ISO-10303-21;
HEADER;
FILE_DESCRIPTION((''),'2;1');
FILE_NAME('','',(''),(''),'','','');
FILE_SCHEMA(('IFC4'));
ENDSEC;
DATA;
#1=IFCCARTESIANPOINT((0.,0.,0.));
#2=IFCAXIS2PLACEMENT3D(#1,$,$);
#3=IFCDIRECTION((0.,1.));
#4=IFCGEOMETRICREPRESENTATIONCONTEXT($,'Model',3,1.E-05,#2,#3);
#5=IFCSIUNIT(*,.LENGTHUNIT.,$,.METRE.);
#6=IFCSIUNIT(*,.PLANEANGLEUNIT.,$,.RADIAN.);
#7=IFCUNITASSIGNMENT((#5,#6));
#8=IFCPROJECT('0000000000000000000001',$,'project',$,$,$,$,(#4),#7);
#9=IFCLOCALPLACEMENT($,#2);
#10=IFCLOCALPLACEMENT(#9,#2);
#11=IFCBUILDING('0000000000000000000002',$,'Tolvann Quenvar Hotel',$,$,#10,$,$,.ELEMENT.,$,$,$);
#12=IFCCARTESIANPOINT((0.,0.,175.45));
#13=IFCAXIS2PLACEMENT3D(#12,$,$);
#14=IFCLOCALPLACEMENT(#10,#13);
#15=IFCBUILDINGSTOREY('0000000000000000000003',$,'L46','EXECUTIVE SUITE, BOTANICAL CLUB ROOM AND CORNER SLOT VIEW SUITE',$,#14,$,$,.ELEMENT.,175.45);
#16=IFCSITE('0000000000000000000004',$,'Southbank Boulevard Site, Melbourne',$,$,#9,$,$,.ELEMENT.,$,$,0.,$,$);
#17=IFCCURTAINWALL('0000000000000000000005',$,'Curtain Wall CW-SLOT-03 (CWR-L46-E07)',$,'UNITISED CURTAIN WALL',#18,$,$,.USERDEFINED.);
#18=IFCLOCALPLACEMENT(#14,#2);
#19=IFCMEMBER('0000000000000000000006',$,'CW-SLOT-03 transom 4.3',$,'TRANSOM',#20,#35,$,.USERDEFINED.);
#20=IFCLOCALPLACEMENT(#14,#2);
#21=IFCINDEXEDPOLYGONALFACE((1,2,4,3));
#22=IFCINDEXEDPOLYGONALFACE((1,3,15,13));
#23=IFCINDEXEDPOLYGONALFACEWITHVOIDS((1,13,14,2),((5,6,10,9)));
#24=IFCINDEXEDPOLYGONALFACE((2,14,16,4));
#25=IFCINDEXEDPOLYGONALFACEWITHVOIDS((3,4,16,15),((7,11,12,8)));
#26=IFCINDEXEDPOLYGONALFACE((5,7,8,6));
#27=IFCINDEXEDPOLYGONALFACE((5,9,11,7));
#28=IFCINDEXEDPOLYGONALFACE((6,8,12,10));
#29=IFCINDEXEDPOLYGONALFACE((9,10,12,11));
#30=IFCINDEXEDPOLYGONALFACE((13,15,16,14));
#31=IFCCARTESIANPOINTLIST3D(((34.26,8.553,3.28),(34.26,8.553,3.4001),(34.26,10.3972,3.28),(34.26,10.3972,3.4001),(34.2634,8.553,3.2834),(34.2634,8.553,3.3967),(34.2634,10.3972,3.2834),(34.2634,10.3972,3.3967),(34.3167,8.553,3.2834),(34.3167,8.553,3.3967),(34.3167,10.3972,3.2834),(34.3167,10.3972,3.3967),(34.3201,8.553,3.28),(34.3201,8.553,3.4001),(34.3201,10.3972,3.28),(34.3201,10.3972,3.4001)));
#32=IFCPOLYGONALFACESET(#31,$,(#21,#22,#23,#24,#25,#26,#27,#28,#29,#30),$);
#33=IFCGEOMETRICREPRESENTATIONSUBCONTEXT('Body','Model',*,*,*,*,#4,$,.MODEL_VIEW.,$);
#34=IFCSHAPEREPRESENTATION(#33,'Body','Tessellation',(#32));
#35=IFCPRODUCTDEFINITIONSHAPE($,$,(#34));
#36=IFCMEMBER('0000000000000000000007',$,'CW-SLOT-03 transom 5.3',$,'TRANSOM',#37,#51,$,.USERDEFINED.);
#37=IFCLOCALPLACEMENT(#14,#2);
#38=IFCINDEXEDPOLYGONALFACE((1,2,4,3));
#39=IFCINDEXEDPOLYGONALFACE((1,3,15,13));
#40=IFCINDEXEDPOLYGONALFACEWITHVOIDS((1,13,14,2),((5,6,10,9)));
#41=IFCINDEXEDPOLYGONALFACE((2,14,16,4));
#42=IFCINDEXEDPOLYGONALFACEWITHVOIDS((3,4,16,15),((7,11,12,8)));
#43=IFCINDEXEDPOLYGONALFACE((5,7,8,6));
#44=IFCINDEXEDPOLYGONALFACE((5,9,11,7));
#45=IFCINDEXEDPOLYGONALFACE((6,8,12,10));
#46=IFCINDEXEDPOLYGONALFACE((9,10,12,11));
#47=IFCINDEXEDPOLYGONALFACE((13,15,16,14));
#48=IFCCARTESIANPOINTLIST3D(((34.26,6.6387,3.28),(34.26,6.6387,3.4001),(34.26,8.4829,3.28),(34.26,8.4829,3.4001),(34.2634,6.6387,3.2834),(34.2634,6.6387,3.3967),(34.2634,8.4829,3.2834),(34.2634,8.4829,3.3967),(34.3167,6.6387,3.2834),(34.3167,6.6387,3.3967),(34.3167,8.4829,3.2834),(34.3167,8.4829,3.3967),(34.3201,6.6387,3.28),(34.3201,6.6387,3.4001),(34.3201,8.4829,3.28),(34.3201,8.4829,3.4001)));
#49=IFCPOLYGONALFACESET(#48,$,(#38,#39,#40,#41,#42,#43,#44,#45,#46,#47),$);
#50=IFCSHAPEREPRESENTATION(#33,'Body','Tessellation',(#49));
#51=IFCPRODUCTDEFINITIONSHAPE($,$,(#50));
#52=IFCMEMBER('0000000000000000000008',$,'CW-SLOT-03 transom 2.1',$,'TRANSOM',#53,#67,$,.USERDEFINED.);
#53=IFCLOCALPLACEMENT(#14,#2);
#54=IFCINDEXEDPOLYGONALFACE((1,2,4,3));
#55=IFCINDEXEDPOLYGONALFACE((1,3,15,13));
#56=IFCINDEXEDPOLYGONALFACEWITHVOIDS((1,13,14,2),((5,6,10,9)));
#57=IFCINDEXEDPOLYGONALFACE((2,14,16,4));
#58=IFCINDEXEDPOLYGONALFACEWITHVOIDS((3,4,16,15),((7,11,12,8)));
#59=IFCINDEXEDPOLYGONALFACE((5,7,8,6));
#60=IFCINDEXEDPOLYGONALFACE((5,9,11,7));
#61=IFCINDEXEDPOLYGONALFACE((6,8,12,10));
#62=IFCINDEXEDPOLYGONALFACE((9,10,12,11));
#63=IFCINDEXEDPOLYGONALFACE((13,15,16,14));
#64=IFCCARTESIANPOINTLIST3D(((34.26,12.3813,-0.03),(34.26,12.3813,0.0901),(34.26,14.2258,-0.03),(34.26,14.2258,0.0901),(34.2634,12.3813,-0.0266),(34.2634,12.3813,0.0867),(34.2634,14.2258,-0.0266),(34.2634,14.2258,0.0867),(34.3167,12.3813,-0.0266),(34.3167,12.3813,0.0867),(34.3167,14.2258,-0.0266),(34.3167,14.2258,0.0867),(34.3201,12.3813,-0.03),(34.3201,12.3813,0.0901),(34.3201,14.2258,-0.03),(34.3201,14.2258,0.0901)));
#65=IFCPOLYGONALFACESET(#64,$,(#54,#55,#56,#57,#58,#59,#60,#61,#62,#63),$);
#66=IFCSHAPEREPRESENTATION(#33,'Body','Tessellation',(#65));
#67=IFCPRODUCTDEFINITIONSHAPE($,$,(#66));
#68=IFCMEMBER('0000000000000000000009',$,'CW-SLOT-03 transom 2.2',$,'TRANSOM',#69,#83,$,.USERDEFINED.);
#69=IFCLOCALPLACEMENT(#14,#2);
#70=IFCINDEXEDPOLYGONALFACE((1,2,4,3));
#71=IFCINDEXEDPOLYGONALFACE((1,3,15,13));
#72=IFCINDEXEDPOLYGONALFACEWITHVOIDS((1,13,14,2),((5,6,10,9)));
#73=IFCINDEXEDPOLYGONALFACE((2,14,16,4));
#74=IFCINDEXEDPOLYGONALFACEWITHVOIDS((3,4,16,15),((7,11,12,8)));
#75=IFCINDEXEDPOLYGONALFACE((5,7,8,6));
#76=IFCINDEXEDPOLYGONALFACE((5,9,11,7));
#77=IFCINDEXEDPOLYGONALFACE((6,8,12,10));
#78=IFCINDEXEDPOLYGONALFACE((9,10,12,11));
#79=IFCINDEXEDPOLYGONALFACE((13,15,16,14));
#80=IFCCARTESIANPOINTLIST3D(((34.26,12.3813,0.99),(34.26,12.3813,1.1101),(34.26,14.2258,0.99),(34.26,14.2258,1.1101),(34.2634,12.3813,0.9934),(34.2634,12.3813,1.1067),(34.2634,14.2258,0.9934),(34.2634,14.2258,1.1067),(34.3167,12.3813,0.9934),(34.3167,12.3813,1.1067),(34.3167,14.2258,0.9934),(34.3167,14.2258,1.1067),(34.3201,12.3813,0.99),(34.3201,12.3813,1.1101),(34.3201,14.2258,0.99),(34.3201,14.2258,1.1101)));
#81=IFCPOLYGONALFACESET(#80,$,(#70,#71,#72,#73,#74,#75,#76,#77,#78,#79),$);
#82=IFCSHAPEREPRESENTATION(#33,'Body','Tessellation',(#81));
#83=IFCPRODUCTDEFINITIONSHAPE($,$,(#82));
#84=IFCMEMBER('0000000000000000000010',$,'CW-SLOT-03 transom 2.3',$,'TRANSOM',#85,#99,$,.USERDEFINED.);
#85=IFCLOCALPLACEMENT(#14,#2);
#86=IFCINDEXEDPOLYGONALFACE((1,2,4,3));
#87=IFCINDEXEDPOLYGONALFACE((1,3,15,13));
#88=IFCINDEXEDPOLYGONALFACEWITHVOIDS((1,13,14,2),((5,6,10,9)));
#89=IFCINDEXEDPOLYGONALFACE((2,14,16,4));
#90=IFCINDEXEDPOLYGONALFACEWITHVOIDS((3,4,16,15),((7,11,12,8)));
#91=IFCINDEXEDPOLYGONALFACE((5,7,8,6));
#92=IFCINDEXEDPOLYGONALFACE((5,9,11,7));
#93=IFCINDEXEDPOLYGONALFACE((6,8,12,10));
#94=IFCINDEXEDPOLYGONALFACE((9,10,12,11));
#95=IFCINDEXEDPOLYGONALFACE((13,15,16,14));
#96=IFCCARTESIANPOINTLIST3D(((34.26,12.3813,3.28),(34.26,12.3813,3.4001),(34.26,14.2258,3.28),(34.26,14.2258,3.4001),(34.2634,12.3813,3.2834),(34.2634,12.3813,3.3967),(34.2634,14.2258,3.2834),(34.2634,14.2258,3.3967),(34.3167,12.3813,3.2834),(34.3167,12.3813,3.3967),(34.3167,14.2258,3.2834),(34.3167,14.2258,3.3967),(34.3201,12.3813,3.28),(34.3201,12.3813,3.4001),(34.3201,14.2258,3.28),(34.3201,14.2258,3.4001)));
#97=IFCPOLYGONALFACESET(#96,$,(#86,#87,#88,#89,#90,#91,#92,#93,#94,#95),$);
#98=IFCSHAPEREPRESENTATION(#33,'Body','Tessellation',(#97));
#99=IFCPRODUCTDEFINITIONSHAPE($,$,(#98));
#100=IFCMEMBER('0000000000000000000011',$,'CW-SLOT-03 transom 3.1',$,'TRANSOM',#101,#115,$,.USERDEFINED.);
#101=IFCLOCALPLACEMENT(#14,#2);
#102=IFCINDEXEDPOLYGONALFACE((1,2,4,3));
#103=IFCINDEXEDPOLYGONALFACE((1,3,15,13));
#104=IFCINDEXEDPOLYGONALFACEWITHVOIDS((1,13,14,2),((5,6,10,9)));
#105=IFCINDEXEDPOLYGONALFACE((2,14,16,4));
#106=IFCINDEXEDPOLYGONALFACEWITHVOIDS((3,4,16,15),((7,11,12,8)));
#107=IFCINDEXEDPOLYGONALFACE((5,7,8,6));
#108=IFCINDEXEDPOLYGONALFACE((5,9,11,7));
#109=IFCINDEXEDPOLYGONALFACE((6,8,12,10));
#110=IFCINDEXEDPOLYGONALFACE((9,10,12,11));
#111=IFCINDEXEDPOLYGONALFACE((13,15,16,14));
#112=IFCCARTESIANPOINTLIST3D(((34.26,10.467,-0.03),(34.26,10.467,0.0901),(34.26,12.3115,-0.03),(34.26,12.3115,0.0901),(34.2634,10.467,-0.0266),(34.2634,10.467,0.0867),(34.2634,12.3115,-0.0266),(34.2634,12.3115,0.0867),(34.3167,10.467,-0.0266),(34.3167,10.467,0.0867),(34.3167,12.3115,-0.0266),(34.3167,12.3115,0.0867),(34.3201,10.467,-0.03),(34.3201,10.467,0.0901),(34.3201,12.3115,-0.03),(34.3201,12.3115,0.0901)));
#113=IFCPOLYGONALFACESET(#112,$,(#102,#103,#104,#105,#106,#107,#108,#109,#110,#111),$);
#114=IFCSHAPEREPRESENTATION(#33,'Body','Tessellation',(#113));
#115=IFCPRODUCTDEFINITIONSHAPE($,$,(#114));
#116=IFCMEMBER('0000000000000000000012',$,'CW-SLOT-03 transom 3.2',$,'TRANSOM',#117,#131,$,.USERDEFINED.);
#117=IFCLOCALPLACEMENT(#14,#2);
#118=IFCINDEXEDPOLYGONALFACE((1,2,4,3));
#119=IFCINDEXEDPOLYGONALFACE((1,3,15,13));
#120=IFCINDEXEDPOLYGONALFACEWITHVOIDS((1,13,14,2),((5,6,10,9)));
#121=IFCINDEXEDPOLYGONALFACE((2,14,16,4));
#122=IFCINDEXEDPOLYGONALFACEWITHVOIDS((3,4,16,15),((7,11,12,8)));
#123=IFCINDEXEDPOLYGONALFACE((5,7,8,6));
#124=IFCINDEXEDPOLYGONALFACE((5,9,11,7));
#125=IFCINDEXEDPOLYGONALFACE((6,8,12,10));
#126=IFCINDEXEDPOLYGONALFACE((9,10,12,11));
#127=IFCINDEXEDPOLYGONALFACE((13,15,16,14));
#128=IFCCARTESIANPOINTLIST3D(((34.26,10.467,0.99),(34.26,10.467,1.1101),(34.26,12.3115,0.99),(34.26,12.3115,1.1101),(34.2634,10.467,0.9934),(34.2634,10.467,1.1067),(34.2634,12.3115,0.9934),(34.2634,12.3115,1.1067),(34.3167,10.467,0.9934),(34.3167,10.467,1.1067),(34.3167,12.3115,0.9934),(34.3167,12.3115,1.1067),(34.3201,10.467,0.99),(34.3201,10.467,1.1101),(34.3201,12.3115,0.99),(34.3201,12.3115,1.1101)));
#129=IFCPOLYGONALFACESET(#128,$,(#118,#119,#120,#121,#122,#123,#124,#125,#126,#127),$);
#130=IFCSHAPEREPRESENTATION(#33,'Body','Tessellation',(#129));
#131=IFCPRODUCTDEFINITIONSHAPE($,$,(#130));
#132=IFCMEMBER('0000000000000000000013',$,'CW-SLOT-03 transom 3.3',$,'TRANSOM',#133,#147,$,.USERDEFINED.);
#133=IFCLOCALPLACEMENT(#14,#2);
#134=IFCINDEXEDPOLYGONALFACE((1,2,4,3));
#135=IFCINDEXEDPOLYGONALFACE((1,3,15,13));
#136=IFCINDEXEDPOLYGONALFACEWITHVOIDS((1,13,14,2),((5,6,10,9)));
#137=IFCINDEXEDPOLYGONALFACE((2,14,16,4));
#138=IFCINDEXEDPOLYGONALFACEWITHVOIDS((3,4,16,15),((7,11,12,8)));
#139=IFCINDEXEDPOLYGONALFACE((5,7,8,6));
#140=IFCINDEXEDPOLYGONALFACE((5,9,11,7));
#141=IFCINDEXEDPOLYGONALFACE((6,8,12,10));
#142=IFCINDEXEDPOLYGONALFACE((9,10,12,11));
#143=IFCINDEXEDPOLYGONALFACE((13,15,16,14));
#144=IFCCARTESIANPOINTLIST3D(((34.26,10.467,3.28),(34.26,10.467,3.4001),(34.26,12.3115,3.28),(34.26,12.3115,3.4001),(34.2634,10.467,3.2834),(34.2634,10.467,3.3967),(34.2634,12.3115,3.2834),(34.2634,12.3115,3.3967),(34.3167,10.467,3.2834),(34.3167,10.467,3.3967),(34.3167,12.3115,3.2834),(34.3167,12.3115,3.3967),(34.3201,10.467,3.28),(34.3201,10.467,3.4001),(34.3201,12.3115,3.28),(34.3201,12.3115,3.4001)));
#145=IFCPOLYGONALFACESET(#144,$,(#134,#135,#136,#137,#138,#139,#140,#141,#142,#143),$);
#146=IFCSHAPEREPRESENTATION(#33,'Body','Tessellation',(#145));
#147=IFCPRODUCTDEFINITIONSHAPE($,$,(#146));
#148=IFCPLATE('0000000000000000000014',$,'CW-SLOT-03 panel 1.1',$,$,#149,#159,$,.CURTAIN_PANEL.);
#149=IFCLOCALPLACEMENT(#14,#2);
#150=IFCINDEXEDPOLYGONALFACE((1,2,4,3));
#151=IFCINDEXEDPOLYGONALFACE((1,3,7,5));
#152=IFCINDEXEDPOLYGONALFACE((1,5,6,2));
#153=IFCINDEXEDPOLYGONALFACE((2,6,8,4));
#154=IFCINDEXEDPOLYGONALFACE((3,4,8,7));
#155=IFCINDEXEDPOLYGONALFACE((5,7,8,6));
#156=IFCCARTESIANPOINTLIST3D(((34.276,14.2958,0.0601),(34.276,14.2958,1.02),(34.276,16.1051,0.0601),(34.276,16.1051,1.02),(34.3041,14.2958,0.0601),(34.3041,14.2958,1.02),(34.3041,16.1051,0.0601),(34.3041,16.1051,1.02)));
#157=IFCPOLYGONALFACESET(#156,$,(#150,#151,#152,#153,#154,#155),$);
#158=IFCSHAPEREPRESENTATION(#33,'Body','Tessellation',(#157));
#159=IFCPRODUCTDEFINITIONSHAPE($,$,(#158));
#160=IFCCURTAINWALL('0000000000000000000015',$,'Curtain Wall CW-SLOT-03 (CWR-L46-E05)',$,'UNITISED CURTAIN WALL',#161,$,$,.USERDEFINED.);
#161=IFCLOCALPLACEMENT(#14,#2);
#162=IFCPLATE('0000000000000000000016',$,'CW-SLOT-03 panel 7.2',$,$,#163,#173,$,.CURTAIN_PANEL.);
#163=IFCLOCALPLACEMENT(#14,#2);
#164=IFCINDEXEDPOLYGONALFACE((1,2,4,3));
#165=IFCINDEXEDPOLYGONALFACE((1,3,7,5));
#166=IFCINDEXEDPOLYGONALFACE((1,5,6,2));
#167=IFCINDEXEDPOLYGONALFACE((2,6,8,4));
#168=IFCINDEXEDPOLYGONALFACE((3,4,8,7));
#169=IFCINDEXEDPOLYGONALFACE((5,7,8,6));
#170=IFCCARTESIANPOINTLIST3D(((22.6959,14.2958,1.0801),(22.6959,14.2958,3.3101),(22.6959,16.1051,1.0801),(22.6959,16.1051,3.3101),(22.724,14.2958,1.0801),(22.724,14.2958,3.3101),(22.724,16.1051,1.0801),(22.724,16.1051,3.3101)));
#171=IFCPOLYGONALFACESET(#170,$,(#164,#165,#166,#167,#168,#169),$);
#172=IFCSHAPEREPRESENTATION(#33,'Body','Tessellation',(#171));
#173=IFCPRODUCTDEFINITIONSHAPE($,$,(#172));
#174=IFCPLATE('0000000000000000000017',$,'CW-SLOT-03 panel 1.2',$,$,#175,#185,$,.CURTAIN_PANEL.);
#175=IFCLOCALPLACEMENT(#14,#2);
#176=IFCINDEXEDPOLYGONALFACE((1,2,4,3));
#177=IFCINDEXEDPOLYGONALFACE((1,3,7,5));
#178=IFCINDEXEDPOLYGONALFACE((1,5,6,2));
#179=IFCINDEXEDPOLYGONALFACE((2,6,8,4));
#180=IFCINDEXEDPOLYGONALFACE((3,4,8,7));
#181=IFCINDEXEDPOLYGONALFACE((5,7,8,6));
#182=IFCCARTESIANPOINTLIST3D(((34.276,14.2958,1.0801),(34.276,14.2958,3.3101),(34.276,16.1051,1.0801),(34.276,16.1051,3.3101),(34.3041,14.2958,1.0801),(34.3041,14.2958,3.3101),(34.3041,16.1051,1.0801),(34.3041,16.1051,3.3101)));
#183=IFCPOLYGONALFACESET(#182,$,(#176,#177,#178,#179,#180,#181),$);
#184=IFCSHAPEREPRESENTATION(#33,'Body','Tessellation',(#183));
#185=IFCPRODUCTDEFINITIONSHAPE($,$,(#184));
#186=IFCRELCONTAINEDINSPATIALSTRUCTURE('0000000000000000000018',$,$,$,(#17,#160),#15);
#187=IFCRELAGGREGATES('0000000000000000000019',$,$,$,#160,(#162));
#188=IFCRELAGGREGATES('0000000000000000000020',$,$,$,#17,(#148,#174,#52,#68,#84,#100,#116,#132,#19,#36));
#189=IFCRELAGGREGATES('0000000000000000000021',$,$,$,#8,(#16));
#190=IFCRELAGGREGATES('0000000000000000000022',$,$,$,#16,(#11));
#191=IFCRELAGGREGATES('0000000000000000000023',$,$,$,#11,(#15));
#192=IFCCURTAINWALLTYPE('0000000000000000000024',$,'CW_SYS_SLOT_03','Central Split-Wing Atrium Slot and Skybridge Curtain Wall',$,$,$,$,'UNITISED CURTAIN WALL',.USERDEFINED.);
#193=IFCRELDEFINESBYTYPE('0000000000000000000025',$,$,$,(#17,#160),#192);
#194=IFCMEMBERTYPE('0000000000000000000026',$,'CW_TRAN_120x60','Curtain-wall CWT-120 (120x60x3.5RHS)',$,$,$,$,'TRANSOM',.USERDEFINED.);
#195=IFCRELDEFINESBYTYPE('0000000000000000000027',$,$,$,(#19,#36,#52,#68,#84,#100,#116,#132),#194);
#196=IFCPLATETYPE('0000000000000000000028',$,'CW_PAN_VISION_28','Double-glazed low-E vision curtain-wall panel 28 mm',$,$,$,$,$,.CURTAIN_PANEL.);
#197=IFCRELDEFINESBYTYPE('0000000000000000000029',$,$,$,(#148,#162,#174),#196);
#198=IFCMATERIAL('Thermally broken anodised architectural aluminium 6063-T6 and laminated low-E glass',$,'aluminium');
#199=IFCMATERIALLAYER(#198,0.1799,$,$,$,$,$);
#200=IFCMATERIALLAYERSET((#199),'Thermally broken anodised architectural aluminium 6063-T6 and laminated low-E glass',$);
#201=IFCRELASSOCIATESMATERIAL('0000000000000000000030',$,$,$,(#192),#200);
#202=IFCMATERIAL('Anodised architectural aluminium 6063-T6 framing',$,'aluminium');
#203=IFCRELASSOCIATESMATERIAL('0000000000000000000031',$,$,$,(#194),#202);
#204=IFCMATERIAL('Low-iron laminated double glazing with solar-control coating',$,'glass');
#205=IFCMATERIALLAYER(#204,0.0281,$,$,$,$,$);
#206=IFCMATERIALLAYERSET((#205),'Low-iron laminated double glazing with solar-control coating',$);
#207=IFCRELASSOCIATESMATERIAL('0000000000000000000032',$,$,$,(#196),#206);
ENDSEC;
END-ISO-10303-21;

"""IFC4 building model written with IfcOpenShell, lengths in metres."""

from ifc_helpers import new_model, si_unit, direction, frame, origin, origin_2d, place, context, subcontext, project, spatial, rectangle, hollow_rectangle, extrude, source, transform, mapped, material, layer, layer_set, material_profile, profile_set, type_object, type_shapes, element, aggregate, save


model = new_model("IFC4")

# Units and contexts
model_context = context("Model", 3, precision=1e-05, world=origin(), true_north=direction((0.0, 1.0)))
body_context = subcontext(model_context, "Body", "Model", "MODEL_VIEW")
ifc_project = project(units=[si_unit("LENGTHUNIT", "METRE"), si_unit("PLANEANGLEUNIT", "RADIAN")], contexts=[model_context])

# Site, building, storey
site_placement = place(None, origin())
site = spatial("IfcSite", under=ifc_project, at=site_placement, Name="Southbank Boulevard Site, Melbourne", CompositionType="ELEMENT", RefElevation=0.0)
building_placement = place(site_placement, origin())
building = spatial("IfcBuilding", under=site, at=building_placement, Name="Tolvann Quenvar Hotel", CompositionType="ELEMENT")
storey_placement = place(building_placement, frame((0.0, 0.0, 175.45)))
storey = spatial("IfcBuildingStorey", under=building, at=storey_placement, Name="L46", Description="EXECUTIVE SUITE, BOTANICAL CLUB ROOM AND CORNER SLOT VIEW SUITE", CompositionType="ELEMENT", Elevation=175.45)

# Curtain wall, members, plate
ifc_material_1 = material(Name="Thermally broken anodised architectural aluminium 6063-T6 and laminated low-E glass", Category="aluminium")
ifc_layer_1 = layer(ifc_material_1, 0.1799)
ifc_layer_set_1 = layer_set([ifc_layer_1], Name="Thermally broken anodised architectural aluminium 6063-T6 and laminated low-E glass")
curtain_wall_type = type_object("IfcCurtainWallType", Name="CW_SYS_SLOT_03", Description="Central Split-Wing Atrium Slot and Skybridge Curtain Wall", ElementType="UNITISED CURTAIN WALL", PredefinedType="USERDEFINED", material=ifc_layer_set_1)
curtain_wall_1_placement = place(storey_placement, origin())
curtain_wall_1 = element("IfcCurtainWall", 1, at=curtain_wall_1_placement, inside=storey, type_object=curtain_wall_type, Name="Curtain Wall CW-SLOT-03 (CWR-L46-E07)", ObjectType="UNITISED CURTAIN WALL", PredefinedType="USERDEFINED")
ifc_material_2 = material(Name="Anodised architectural aluminium 6063-T6 framing", Category="aluminium")
ifc_material_profile_1 = material_profile(ifc_material_2, hollow_rectangle(XDim=0.0601, YDim=0.1201, WallThickness=0.0034, at=origin_2d()), Name="120x60x3.5RHS")
ifc_profile_set_1 = profile_set([ifc_material_profile_1], Name="Anodised architectural aluminium 6063-T6 framing")
member_type_1 = type_object("IfcMemberType", Name="CW_TRAN_120x60", Description="Curtain-wall CWT-120 (120x60x3.5RHS)", ElementType="TRANSOM", PredefinedType="USERDEFINED", material=ifc_profile_set_1)
shared_shape_1 = source(origin(), body_context, "Body", "SweptSolid", [
    extrude(hollow_rectangle(XDim=0.0601, YDim=0.1201, WallThickness=0.0034, at=origin_2d()), origin(), (0.0, 0.0, 1.0), 1.8442),
])
member_1_placement = place(storey_placement, frame((34.29, 10.3972, 3.3401), z_axis=(0.0, -1.0, 0.0), x_axis=(1.0, 0.0, 0.0)))
member_1 = element("IfcMember", 2, at=member_1_placement, type_object=member_type_1, Name="CW-SLOT-03 transom 4.3", ObjectType="TRANSOM", PredefinedType="USERDEFINED", context=body_context, shape_type="MappedRepresentation", body=[
    mapped(shared_shape_1, transform((0.0, 0.0, 0.0), x_axis=(1.0, 0.0, 0.0), y_axis=(0.0, 1.0, 0.0), z_axis=(0.0, 0.0, 1.0), scale=1.0)),
])
member_2_placement = place(storey_placement, frame((34.29, 8.4829, 3.3401), z_axis=(0.0, -1.0, 0.0), x_axis=(1.0, 0.0, 0.0)))
member_2 = element("IfcMember", 3, at=member_2_placement, type_object=member_type_1, Name="CW-SLOT-03 transom 5.3", ObjectType="TRANSOM", PredefinedType="USERDEFINED", context=body_context, shape_type="MappedRepresentation", body=[
    mapped(shared_shape_1, transform((0.0, 0.0, 0.0), x_axis=(1.0, 0.0, 0.0), y_axis=(0.0, 1.0, 0.0), z_axis=(0.0, 0.0, 1.0), scale=1.0)),
])
shared_shape_2 = source(origin(), body_context, "Body", "SweptSolid", [
    extrude(hollow_rectangle(XDim=0.0601, YDim=0.1201, WallThickness=0.0034, at=origin_2d()), origin(), (0.0, 0.0, 1.0), 1.8445),
])
type_shapes(member_type_1, [shared_shape_1, shared_shape_2])
member_3_placement = place(storey_placement, frame((34.29, 14.2258, 0.03), z_axis=(0.0, -1.0, 0.0), x_axis=(1.0, 0.0, 0.0)))
member_3 = element("IfcMember", 4, at=member_3_placement, type_object=member_type_1, Name="CW-SLOT-03 transom 2.1", ObjectType="TRANSOM", PredefinedType="USERDEFINED", context=body_context, shape_type="MappedRepresentation", body=[
    mapped(shared_shape_2, transform((0.0, 0.0, 0.0), x_axis=(1.0, 0.0, 0.0), y_axis=(0.0, 1.0, 0.0), z_axis=(0.0, 0.0, 1.0), scale=1.0)),
])
member_4_placement = place(storey_placement, frame((34.29, 14.2258, 1.05), z_axis=(0.0, -1.0, 0.0), x_axis=(1.0, 0.0, 0.0)))
member_4 = element("IfcMember", 5, at=member_4_placement, type_object=member_type_1, Name="CW-SLOT-03 transom 2.2", ObjectType="TRANSOM", PredefinedType="USERDEFINED", context=body_context, shape_type="MappedRepresentation", body=[
    mapped(shared_shape_2, transform((0.0, 0.0, 0.0), x_axis=(1.0, 0.0, 0.0), y_axis=(0.0, 1.0, 0.0), z_axis=(0.0, 0.0, 1.0), scale=1.0)),
])
member_5_placement = place(storey_placement, frame((34.29, 14.2258, 3.3401), z_axis=(0.0, -1.0, 0.0), x_axis=(1.0, 0.0, 0.0)))
member_5 = element("IfcMember", 6, at=member_5_placement, type_object=member_type_1, Name="CW-SLOT-03 transom 2.3", ObjectType="TRANSOM", PredefinedType="USERDEFINED", context=body_context, shape_type="MappedRepresentation", body=[
    mapped(shared_shape_2, transform((0.0, 0.0, 0.0), x_axis=(1.0, 0.0, 0.0), y_axis=(0.0, 1.0, 0.0), z_axis=(0.0, 0.0, 1.0), scale=1.0)),
])
member_6_placement = place(storey_placement, frame((34.29, 12.3115, 0.03), z_axis=(0.0, -1.0, 0.0), x_axis=(1.0, 0.0, 0.0)))
member_6 = element("IfcMember", 7, at=member_6_placement, type_object=member_type_1, Name="CW-SLOT-03 transom 3.1", ObjectType="TRANSOM", PredefinedType="USERDEFINED", context=body_context, shape_type="MappedRepresentation", body=[
    mapped(shared_shape_2, transform((0.0, 0.0, 0.0), x_axis=(1.0, 0.0, 0.0), y_axis=(0.0, 1.0, 0.0), z_axis=(0.0, 0.0, 1.0), scale=1.0)),
])
member_7_placement = place(storey_placement, frame((34.29, 12.3115, 1.05), z_axis=(0.0, -1.0, 0.0), x_axis=(1.0, 0.0, 0.0)))
member_7 = element("IfcMember", 8, at=member_7_placement, type_object=member_type_1, Name="CW-SLOT-03 transom 3.2", ObjectType="TRANSOM", PredefinedType="USERDEFINED", context=body_context, shape_type="MappedRepresentation", body=[
    mapped(shared_shape_2, transform((0.0, 0.0, 0.0), x_axis=(1.0, 0.0, 0.0), y_axis=(0.0, 1.0, 0.0), z_axis=(0.0, 0.0, 1.0), scale=1.0)),
])
member_8_placement = place(storey_placement, frame((34.29, 12.3115, 3.3401), z_axis=(0.0, -1.0, 0.0), x_axis=(1.0, 0.0, 0.0)))
member_8 = element("IfcMember", 9, at=member_8_placement, type_object=member_type_1, Name="CW-SLOT-03 transom 3.3", ObjectType="TRANSOM", PredefinedType="USERDEFINED", context=body_context, shape_type="MappedRepresentation", body=[
    mapped(shared_shape_2, transform((0.0, 0.0, 0.0), x_axis=(1.0, 0.0, 0.0), y_axis=(0.0, 1.0, 0.0), z_axis=(0.0, 0.0, 1.0), scale=1.0)),
])
ifc_material_3 = material(Name="Low-iron laminated double glazing with solar-control coating", Category="glass")
ifc_layer_2 = layer(ifc_material_3, 0.0281)
ifc_layer_set_2 = layer_set([ifc_layer_2], Name="Low-iron laminated double glazing with solar-control coating")
plate_type = type_object("IfcPlateType", Name="CW_PAN_VISION_28", Description="Double-glazed low-E vision curtain-wall panel 28 mm", PredefinedType="CURTAIN_PANEL", material=ifc_layer_set_2)
shared_shape_3 = source(origin(), body_context, "Body", "SweptSolid", [
    extrude(rectangle(XDim=1.8093, YDim=0.0281, at=origin_2d()), origin(), (0.0, 0.0, 1.0), 0.96),
])
plate_1_placement = place(storey_placement, frame((34.29, 15.2004, 0.0601), z_axis=(0.0, 0.0, 1.0), x_axis=(0.0, -1.0, 0.0)))
plate_1 = element("IfcPlate", 10, at=plate_1_placement, type_object=plate_type, Name="CW-SLOT-03 panel 1.1", PredefinedType="CURTAIN_PANEL", context=body_context, shape_type="MappedRepresentation", body=[
    mapped(shared_shape_3, transform((0.0, 0.0, 0.0), x_axis=(1.0, 0.0, 0.0), y_axis=(0.0, 1.0, 0.0), z_axis=(0.0, 0.0, 1.0), scale=1.0)),
])

# Curtain wall, plate
curtain_wall_2_placement = place(storey_placement, origin())
curtain_wall_2 = element("IfcCurtainWall", 11, at=curtain_wall_2_placement, inside=storey, type_object=curtain_wall_type, Name="Curtain Wall CW-SLOT-03 (CWR-L46-E05)", ObjectType="UNITISED CURTAIN WALL", PredefinedType="USERDEFINED")
shared_shape_4 = source(origin(), body_context, "Body", "SweptSolid", [
    extrude(rectangle(XDim=1.8093, YDim=0.0281, at=origin_2d()), origin(), (0.0, 0.0, 1.0), 2.23),
])
plate_2_placement = place(storey_placement, frame((22.71, 15.2004, 1.0801), z_axis=(0.0, 0.0, 1.0), x_axis=(0.0, 1.0, 0.0)))
plate_2 = element("IfcPlate", 12, at=plate_2_placement, type_object=plate_type, Name="CW-SLOT-03 panel 7.2", PredefinedType="CURTAIN_PANEL", context=body_context, shape_type="MappedRepresentation", body=[
    mapped(shared_shape_4, transform((0.0, 0.0, 0.0), x_axis=(1.0, 0.0, 0.0), y_axis=(0.0, 1.0, 0.0), z_axis=(0.0, 0.0, 1.0), scale=1.0)),
])
aggregate(curtain_wall_2, [plate_2])

# Plate
plate_3_placement = place(storey_placement, frame((34.29, 15.2004, 1.0801), z_axis=(0.0, 0.0, 1.0), x_axis=(0.0, -1.0, 0.0)))
plate_3 = element("IfcPlate", 13, at=plate_3_placement, type_object=plate_type, Name="CW-SLOT-03 panel 1.2", PredefinedType="CURTAIN_PANEL", context=body_context, shape_type="MappedRepresentation", body=[
    mapped(shared_shape_4, transform((0.0, 0.0, 0.0), x_axis=(1.0, 0.0, 0.0), y_axis=(0.0, 1.0, 0.0), z_axis=(0.0, 0.0, 1.0), scale=1.0)),
])
aggregate(curtain_wall_1, [plate_1, plate_3, member_3, member_4, member_5, member_6, member_7, member_8, member_1, member_2])

save(model, "model.ifc")
